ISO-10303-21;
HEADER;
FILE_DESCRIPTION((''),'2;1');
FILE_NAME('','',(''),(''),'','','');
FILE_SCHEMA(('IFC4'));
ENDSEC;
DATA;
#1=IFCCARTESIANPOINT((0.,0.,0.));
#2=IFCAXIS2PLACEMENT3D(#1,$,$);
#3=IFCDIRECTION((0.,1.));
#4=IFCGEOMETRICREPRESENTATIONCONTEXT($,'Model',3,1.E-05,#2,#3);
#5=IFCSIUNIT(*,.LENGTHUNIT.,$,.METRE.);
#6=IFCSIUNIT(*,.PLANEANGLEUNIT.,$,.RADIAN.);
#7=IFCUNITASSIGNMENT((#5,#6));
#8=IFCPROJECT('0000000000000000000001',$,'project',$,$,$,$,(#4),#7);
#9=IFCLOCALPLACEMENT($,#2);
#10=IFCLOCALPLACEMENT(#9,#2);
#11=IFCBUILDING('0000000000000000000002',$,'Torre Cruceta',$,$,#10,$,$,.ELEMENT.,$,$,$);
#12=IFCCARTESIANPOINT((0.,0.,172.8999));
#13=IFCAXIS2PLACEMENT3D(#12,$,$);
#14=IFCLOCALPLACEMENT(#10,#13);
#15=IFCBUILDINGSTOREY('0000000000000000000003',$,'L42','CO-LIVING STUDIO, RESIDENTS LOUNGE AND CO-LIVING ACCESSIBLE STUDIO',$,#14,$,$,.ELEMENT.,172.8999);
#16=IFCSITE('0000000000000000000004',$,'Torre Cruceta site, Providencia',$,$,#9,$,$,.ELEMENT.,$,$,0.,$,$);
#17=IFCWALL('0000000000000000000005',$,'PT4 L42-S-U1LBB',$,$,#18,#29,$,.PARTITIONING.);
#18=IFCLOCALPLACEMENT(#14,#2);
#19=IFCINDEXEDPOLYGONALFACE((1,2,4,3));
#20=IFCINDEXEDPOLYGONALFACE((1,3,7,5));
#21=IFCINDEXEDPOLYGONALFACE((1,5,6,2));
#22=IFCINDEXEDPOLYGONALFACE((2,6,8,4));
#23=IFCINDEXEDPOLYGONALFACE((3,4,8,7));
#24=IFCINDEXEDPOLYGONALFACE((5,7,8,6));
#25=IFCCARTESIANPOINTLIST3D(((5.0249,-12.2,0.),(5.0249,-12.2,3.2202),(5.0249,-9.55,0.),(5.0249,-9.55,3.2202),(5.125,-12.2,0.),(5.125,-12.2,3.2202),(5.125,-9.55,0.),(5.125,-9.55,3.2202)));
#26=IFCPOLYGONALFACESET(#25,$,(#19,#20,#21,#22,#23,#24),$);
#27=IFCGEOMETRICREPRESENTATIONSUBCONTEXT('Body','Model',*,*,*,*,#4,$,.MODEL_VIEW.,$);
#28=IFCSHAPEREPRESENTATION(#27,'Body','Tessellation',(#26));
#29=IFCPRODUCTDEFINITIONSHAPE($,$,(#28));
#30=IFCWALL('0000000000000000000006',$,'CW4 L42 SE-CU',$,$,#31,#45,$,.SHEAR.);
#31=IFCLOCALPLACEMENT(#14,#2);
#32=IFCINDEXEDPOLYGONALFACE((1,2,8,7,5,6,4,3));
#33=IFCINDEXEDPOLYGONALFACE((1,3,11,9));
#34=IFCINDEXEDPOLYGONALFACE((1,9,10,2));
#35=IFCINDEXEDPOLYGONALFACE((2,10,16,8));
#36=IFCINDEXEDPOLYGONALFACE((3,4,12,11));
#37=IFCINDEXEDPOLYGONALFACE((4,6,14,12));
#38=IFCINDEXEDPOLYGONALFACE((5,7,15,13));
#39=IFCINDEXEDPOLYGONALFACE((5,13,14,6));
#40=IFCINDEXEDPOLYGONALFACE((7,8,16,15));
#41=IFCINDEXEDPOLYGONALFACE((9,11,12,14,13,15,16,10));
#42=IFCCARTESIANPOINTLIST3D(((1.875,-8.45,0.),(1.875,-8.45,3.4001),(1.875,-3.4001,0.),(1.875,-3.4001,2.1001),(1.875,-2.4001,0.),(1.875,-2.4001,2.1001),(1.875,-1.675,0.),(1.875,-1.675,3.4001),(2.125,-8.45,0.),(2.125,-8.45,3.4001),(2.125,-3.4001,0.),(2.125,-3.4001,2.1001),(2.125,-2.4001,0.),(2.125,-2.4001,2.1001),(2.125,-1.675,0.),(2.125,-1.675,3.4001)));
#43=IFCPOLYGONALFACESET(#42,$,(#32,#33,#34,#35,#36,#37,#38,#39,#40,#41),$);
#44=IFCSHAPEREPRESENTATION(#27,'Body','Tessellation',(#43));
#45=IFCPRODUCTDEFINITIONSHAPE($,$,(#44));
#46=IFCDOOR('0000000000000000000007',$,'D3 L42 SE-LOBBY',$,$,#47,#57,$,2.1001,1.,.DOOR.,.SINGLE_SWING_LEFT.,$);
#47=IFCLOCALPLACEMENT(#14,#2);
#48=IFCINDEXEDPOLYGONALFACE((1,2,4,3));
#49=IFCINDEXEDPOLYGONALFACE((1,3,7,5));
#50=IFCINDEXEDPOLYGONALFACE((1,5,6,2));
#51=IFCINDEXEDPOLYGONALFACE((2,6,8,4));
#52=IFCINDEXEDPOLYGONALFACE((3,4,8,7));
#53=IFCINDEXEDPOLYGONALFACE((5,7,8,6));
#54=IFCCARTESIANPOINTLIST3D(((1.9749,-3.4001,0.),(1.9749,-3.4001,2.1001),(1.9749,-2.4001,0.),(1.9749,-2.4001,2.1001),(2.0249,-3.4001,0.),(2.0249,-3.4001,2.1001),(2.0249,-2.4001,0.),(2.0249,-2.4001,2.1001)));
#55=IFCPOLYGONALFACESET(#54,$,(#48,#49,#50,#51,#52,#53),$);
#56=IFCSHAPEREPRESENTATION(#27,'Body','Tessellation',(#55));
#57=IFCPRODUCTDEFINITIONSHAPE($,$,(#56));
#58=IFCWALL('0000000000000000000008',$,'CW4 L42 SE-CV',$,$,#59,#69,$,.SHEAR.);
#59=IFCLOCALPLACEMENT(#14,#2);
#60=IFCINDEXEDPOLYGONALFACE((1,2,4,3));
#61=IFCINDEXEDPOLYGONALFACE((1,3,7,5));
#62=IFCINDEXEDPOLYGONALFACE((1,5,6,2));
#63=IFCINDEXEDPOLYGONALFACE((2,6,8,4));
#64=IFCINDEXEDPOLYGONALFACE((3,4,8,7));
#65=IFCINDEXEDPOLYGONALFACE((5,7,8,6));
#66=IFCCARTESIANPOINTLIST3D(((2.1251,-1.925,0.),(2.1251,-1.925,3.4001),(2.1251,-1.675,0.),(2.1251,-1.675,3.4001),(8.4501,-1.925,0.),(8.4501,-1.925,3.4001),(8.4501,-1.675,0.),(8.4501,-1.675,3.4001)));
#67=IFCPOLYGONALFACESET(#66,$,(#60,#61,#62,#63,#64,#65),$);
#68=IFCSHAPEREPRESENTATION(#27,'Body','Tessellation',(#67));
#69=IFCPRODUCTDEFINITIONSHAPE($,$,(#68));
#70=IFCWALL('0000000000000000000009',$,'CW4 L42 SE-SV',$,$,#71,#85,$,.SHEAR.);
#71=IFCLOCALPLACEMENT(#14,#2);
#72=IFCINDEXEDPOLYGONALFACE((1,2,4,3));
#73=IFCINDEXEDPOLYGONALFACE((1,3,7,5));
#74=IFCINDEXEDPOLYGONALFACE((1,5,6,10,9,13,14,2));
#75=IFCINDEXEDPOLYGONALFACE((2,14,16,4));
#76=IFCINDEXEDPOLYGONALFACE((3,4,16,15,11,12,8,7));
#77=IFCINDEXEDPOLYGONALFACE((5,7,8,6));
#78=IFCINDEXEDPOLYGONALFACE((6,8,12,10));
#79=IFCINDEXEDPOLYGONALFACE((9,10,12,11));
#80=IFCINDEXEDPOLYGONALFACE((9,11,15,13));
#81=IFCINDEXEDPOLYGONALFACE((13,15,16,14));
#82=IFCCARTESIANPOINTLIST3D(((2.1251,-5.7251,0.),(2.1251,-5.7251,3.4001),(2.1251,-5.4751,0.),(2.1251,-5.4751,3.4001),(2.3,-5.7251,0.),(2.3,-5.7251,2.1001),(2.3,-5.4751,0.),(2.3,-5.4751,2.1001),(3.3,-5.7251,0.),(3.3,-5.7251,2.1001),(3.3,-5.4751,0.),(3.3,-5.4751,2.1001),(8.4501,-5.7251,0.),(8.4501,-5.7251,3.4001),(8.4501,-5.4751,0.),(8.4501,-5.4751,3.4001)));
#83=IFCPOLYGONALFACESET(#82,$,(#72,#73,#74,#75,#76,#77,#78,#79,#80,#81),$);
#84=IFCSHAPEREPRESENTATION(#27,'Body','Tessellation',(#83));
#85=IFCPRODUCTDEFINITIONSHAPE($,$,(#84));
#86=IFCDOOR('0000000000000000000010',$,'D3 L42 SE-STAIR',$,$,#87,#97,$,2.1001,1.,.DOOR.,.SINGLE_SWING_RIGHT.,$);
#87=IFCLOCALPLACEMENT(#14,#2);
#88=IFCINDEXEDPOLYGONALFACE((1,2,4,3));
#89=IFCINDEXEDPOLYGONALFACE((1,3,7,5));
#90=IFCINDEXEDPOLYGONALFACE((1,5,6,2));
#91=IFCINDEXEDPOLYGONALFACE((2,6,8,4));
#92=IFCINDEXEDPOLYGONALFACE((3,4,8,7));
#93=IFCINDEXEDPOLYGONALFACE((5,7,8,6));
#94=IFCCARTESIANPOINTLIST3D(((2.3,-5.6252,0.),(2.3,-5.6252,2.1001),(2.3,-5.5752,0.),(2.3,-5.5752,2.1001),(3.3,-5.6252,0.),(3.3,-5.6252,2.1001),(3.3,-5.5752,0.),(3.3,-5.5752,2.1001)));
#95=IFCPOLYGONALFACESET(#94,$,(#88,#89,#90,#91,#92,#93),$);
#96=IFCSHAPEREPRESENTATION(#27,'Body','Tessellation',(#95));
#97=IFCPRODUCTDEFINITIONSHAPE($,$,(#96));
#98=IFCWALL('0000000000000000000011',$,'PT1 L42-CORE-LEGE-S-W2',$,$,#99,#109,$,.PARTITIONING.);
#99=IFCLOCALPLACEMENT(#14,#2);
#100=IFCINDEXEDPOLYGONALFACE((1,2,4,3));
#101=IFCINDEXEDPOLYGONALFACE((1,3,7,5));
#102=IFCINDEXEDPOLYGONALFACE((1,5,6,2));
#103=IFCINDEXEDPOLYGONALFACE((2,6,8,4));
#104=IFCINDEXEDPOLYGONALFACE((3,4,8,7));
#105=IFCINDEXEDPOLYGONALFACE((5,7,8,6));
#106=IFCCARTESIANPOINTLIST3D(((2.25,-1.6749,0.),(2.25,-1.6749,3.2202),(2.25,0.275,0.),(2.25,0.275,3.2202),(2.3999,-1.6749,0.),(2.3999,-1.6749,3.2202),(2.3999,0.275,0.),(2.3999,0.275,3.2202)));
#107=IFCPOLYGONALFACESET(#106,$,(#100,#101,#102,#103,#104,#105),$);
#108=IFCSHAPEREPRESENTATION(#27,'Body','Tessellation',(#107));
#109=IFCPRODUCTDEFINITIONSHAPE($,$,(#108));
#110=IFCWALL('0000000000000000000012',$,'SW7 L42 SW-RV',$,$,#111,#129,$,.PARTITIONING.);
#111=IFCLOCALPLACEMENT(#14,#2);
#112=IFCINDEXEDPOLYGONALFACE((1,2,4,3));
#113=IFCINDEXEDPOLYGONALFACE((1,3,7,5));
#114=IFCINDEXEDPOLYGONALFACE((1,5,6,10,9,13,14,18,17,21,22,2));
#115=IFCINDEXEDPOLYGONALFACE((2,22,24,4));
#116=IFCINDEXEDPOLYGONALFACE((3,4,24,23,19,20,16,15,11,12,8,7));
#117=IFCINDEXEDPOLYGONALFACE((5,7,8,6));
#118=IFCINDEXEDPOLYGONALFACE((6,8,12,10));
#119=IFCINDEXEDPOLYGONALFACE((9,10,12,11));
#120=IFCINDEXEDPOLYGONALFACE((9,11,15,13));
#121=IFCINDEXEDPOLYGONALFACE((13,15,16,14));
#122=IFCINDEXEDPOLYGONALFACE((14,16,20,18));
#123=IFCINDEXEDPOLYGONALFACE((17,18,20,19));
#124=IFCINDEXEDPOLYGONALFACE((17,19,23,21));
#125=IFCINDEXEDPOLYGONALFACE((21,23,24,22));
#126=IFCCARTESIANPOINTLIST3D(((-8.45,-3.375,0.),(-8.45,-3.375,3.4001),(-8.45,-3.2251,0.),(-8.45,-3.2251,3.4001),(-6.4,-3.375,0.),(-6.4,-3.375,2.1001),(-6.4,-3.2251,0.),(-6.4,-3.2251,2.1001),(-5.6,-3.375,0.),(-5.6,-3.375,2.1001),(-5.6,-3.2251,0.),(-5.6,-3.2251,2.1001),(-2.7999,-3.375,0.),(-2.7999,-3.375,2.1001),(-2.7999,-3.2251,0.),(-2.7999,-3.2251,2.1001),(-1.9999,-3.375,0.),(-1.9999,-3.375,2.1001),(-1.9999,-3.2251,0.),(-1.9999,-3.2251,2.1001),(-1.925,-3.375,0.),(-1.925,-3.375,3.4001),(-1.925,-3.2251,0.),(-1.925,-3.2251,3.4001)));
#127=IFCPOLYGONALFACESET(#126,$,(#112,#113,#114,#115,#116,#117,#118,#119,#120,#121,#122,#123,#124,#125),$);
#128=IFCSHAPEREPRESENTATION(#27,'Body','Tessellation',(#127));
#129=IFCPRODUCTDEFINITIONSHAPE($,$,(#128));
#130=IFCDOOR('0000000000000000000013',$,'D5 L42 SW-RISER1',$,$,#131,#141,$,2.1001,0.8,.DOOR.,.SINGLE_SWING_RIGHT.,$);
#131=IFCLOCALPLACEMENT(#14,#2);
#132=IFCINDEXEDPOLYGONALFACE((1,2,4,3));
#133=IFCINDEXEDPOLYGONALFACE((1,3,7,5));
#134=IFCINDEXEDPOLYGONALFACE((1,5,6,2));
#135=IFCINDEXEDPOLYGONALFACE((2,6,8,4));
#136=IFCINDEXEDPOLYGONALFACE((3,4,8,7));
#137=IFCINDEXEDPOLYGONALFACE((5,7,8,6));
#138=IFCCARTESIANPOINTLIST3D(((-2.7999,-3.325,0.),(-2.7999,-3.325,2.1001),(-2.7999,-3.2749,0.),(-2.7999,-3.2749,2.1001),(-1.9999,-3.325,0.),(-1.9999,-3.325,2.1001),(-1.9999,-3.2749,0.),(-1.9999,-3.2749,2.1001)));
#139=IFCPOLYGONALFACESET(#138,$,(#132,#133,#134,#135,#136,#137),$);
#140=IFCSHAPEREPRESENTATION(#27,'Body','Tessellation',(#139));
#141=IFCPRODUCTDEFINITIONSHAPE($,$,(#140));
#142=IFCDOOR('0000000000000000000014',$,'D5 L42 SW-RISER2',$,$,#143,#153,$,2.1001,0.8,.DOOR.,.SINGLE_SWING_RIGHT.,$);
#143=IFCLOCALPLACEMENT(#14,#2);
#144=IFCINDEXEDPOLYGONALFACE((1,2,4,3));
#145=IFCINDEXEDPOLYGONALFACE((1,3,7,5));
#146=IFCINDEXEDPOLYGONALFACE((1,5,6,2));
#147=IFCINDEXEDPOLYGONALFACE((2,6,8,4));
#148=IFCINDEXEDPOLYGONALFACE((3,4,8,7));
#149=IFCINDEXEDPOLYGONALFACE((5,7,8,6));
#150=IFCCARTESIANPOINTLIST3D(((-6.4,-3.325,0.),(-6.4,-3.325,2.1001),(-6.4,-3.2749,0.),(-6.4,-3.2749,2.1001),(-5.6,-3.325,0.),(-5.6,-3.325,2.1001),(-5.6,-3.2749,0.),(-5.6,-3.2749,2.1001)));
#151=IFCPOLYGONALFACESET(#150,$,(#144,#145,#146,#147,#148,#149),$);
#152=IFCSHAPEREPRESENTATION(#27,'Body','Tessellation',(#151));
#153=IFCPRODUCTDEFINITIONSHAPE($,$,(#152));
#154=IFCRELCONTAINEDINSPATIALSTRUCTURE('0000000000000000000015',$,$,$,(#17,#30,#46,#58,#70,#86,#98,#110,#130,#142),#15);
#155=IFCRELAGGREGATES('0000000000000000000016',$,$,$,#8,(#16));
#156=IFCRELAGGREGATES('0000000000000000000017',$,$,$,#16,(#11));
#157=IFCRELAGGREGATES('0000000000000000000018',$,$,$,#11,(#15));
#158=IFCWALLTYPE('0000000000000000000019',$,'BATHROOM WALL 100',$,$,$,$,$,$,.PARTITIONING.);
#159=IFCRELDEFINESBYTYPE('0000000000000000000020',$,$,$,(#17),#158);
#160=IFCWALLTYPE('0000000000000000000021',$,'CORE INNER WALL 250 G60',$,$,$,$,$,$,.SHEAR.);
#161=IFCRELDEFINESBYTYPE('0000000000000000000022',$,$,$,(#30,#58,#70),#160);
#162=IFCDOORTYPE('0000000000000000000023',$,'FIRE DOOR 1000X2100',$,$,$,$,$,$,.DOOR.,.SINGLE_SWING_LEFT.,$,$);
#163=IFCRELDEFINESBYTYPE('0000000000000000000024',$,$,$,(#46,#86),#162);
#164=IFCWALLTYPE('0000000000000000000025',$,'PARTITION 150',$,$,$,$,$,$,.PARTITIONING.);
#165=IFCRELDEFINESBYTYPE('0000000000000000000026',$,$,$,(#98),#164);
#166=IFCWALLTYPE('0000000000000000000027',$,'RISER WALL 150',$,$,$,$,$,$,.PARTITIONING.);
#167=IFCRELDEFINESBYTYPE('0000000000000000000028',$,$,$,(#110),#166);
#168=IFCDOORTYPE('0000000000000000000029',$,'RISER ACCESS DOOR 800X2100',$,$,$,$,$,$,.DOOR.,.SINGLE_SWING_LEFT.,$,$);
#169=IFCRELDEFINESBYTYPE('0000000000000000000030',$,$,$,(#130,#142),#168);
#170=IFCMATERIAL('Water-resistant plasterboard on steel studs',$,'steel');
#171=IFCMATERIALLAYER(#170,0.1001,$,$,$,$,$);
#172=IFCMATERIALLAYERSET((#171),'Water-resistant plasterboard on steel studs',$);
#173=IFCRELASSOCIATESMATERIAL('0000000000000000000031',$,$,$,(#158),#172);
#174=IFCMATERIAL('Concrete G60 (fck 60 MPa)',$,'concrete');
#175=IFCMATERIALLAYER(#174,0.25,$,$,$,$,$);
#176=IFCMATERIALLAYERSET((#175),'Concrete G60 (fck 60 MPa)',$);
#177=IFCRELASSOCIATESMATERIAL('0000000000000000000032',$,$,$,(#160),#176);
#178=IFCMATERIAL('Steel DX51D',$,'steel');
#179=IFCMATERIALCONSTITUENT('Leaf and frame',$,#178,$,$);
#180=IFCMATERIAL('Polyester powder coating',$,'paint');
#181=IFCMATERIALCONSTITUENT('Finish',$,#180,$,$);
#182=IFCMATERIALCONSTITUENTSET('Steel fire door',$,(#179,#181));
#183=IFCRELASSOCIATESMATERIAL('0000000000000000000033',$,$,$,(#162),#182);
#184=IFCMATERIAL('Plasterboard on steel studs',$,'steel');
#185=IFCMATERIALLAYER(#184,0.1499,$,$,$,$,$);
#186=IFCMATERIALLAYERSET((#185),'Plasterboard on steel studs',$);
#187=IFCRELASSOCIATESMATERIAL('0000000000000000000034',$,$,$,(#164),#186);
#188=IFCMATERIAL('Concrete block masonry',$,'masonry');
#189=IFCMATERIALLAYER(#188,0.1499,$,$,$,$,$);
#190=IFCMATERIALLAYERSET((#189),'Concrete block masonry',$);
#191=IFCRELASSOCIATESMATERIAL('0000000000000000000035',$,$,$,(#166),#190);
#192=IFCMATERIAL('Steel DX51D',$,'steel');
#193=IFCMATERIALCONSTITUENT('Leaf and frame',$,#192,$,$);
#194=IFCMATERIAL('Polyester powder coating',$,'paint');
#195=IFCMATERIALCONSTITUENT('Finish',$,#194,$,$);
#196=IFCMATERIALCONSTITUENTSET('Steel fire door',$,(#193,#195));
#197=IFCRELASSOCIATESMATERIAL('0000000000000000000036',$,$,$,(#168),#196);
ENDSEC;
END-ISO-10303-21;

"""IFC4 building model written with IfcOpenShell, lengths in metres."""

from ifc_helpers import new_model, si_unit, direction, frame, frame_2d, origin, place, context, subcontext, project, spatial, rectangle, extrude, material, layer, layer_set, constituent, constituent_set, type_object, element, fill, save


model = new_model("IFC4")

# Units and contexts
model_context = context("Model", 3, precision=1e-05, world=origin(), true_north=direction((0.0, 1.0)))
body_context = subcontext(model_context, "Body", "Model", "MODEL_VIEW")
ifc_project = project(units=[si_unit("LENGTHUNIT", "METRE"), si_unit("PLANEANGLEUNIT", "RADIAN")], contexts=[model_context])

# Site, building, storey
site_placement = place(None, origin())
site = spatial("IfcSite", under=ifc_project, at=site_placement, Name="Torre Cruceta site, Providencia", CompositionType="ELEMENT", RefElevation=0.0)
building_placement = place(site_placement, origin())
building = spatial("IfcBuilding", under=site, at=building_placement, Name="Torre Cruceta", CompositionType="ELEMENT")
storey_placement = place(building_placement, frame((0.0, 0.0, 172.8999)))
storey = spatial("IfcBuildingStorey", under=building, at=storey_placement, Name="L42", Description="CO-LIVING STUDIO, RESIDENTS LOUNGE AND CO-LIVING ACCESSIBLE STUDIO", CompositionType="ELEMENT", Elevation=172.8999)

# Wall
ifc_material_1 = material(Name="Water-resistant plasterboard on steel studs", Category="steel")
ifc_layer_1 = layer(ifc_material_1, 0.1001)
ifc_layer_set_1 = layer_set([ifc_layer_1], Name="Water-resistant plasterboard on steel studs")
wall_type_1 = type_object("IfcWallType", Name="BATHROOM WALL 100", PredefinedType="PARTITIONING", material=ifc_layer_set_1)
wall_1_placement = place(storey_placement, frame((5.075, -9.55, 0.0), z_axis=(0.0, 0.0, 1.0), x_axis=(0.0, -1.0, 0.0)))
element("IfcWall", 1, at=wall_1_placement, inside=storey, type_object=wall_type_1, Name="PT4 L42-S-U1LBB", PredefinedType="PARTITIONING", context=body_context, shape_type="SweptSolid", body=[
    extrude(rectangle(XDim=2.6499, YDim=0.1001, at=frame_2d((1.325, 0.0))), origin(), (0.0, 0.0, 1.0), 3.2202),
])

# Wall, opening, door
ifc_material_2 = material(Name="Concrete G60 (fck 60 MPa)", Category="concrete")
ifc_layer_2 = layer(ifc_material_2, 0.25)
ifc_layer_set_2 = layer_set([ifc_layer_2], Name="Concrete G60 (fck 60 MPa)")
wall_type_2 = type_object("IfcWallType", Name="CORE INNER WALL 250 G60", PredefinedType="SHEAR", material=ifc_layer_set_2)
wall_2_placement = place(storey_placement, frame((2.0, -1.675, 0.0), z_axis=(0.0, 0.0, 1.0), x_axis=(0.0, -1.0, 0.0)))
wall_2 = element("IfcWall", 2, at=wall_2_placement, inside=storey, type_object=wall_type_2, Name="CW4 L42 SE-CU", PredefinedType="SHEAR", context=body_context, shape_type="SweptSolid", body=[
    extrude(rectangle(XDim=6.7749, YDim=0.25, at=frame_2d((3.3875, 0.0))), origin(), (0.0, 0.0, 1.0), 3.4001),
])
opening_1_placement = place(wall_2_placement, frame((0.7251, 0.0, 0.0)))
opening_1 = element("IfcOpeningElement", 3, at=opening_1_placement, cuts=wall_2, PredefinedType="OPENING", context=body_context, shape_type="SweptSolid", body=[
    extrude(rectangle(XDim=1.0, YDim=2.1001, at=frame_2d((0.5, 1.05))), frame((0.0, 0.135, 0.0), z_axis=(0.0, -1.0, 0.0), x_axis=(1.0, 0.0, 0.0)), (0.0, 0.0, 1.0), 0.27),
])
ifc_material_3 = material(Name="Steel DX51D", Category="steel")
ifc_constituent_1 = constituent(ifc_material_3, Name="Leaf and frame")
ifc_material_4 = material(Name="Polyester powder coating", Category="paint")
ifc_constituent_2 = constituent(ifc_material_4, Name="Finish")
ifc_constituent_set_1 = constituent_set(constituents=[ifc_constituent_1, ifc_constituent_2], Name="Steel fire door")
door_type_1 = type_object("IfcDoorType", Name="FIRE DOOR 1000X2100", OperationType="SINGLE_SWING_LEFT", PredefinedType="DOOR", material=ifc_constituent_set_1)
door_1_placement = place(opening_1_placement, origin())
door_1 = element("IfcDoor", 4, at=door_1_placement, inside=storey, type_object=door_type_1, Name="D3 L42 SE-LOBBY", OperationType="SINGLE_SWING_LEFT", OverallHeight=2.1001, OverallWidth=1.0, PredefinedType="DOOR", context=body_context, shape_type="SweptSolid", body=[
    extrude(rectangle(XDim=1.0, YDim=2.1001, at=frame_2d((0.5, 1.05))), frame((0.0, 0.0249, 0.0), z_axis=(0.0, -1.0, 0.0), x_axis=(1.0, 0.0, 0.0)), (0.0, 0.0, 1.0), 0.05),
])
fill(opening_1, door_1)

# Wall
wall_3_placement = place(storey_placement, frame((2.125, -1.8, 0.0), z_axis=(0.0, 0.0, 1.0), x_axis=(1.0, 0.0, 0.0)))
element("IfcWall", 5, at=wall_3_placement, inside=storey, type_object=wall_type_2, Name="CW4 L42 SE-CV", PredefinedType="SHEAR", context=body_context, shape_type="SweptSolid", body=[
    extrude(rectangle(XDim=6.325, YDim=0.25, at=frame_2d((3.1626, 0.0))), origin(), (0.0, 0.0, 1.0), 3.4001),
])

# Wall, opening, door
wall_4_placement = place(storey_placement, frame((2.125, -5.6001, 0.0), z_axis=(0.0, 0.0, 1.0), x_axis=(1.0, 0.0, 0.0)))
wall_4 = element("IfcWall", 6, at=wall_4_placement, inside=storey, type_object=wall_type_2, Name="CW4 L42 SE-SV", PredefinedType="SHEAR", context=body_context, shape_type="SweptSolid", body=[
    extrude(rectangle(XDim=6.325, YDim=0.25, at=frame_2d((3.1626, 0.0))), origin(), (0.0, 0.0, 1.0), 3.4001),
])
opening_2_placement = place(wall_4_placement, frame((0.175, 0.0, 0.0)))
opening_2 = element("IfcOpeningElement", 7, at=opening_2_placement, cuts=wall_4, PredefinedType="OPENING", context=body_context, shape_type="SweptSolid", body=[
    extrude(rectangle(XDim=1.0, YDim=2.1001, at=frame_2d((0.5, 1.05))), frame((0.0, 0.135, 0.0), z_axis=(0.0, -1.0, 0.0), x_axis=(1.0, 0.0, 0.0)), (0.0, 0.0, 1.0), 0.27),
])
door_2_placement = place(opening_2_placement, frame((1.0, 0.0, 0.0), z_axis=(0.0, 0.0, 1.0), x_axis=(-1.0, 0.0, 0.0)))
door_2 = element("IfcDoor", 8, at=door_2_placement, inside=storey, type_object=door_type_1, Name="D3 L42 SE-STAIR", OperationType="SINGLE_SWING_RIGHT", OverallHeight=2.1001, OverallWidth=1.0, PredefinedType="DOOR", context=body_context, shape_type="SweptSolid", body=[
    extrude(rectangle(XDim=1.0, YDim=2.1001, at=frame_2d((0.5, 1.05))), frame((0.0, 0.0251, 0.0), z_axis=(0.0, -1.0, 0.0), x_axis=(1.0, 0.0, 0.0)), (0.0, 0.0, 1.0), 0.05),
])
fill(opening_2, door_2)

# Wall
ifc_material_5 = material(Name="Plasterboard on steel studs", Category="steel")
ifc_layer_3 = layer(ifc_material_5, 0.1499)
ifc_layer_set_3 = layer_set([ifc_layer_3], Name="Plasterboard on steel studs")
wall_type_3 = type_object("IfcWallType", Name="PARTITION 150", PredefinedType="PARTITIONING", material=ifc_layer_set_3)
wall_5_placement = place(storey_placement, frame((2.325, -1.675, 0.0), z_axis=(0.0, 0.0, 1.0), x_axis=(0.0, 1.0, 0.0)))
element("IfcWall", 9, at=wall_5_placement, inside=storey, type_object=wall_type_3, Name="PT1 L42-CORE-LEGE-S-W2", PredefinedType="PARTITIONING", context=body_context, shape_type="SweptSolid", body=[
    extrude(rectangle(XDim=1.95, YDim=0.1499, at=frame_2d((0.9751, 0.0))), origin(), (0.0, 0.0, 1.0), 3.2202),
])

# Wall, openings, doors
ifc_material_6 = material(Name="Concrete block masonry", Category="masonry")
ifc_layer_4 = layer(ifc_material_6, 0.1499)
ifc_layer_set_4 = layer_set([ifc_layer_4], Name="Concrete block masonry")
wall_type_4 = type_object("IfcWallType", Name="RISER WALL 150", PredefinedType="PARTITIONING", material=ifc_layer_set_4)
wall_6_placement = place(storey_placement, frame((-1.925, -3.3, 0.0), z_axis=(0.0, 0.0, 1.0), x_axis=(-1.0, 0.0, 0.0)))
wall_6 = element("IfcWall", 10, at=wall_6_placement, inside=storey, type_object=wall_type_4, Name="SW7 L42 SW-RV", PredefinedType="PARTITIONING", context=body_context, shape_type="SweptSolid", body=[
    extrude(rectangle(XDim=6.5249, YDim=0.1499, at=frame_2d((3.2625, 0.0))), origin(), (0.0, 0.0, 1.0), 3.4001),
])
opening_3_placement = place(wall_6_placement, frame((0.075, 0.0, 0.0)))
opening_3 = element("IfcOpeningElement", 11, at=opening_3_placement, cuts=wall_6, PredefinedType="OPENING", context=body_context, shape_type="SweptSolid", body=[
    extrude(rectangle(XDim=0.8, YDim=2.1001, at=frame_2d((0.3999, 1.05))), frame((0.0, 0.085, 0.0), z_axis=(0.0, -1.0, 0.0), x_axis=(1.0, 0.0, 0.0)), (0.0, 0.0, 1.0), 0.1699),
])
opening_4_placement = place(wall_6_placement, frame((3.675, 0.0, 0.0)))
opening_4 = element("IfcOpeningElement", 12, at=opening_4_placement, cuts=wall_6, PredefinedType="OPENING", context=body_context, shape_type="SweptSolid", body=[
    extrude(rectangle(XDim=0.8, YDim=2.1001, at=frame_2d((0.3999, 1.05))), frame((0.0, 0.085, 0.0), z_axis=(0.0, -1.0, 0.0), x_axis=(1.0, 0.0, 0.0)), (0.0, 0.0, 1.0), 0.1699),
])
ifc_material_7 = material(Name="Steel DX51D", Category="steel")
ifc_constituent_3 = constituent(ifc_material_7, Name="Leaf and frame")
ifc_material_8 = material(Name="Polyester powder coating", Category="paint")
ifc_constituent_4 = constituent(ifc_material_8, Name="Finish")
ifc_constituent_set_2 = constituent_set(constituents=[ifc_constituent_3, ifc_constituent_4], Name="Steel fire door")
door_type_2 = type_object("IfcDoorType", Name="RISER ACCESS DOOR 800X2100", OperationType="SINGLE_SWING_LEFT", PredefinedType="DOOR", material=ifc_constituent_set_2)
door_3_placement = place(opening_3_placement, frame((0.8, 0.0, 0.0), z_axis=(0.0, 0.0, 1.0), x_axis=(-1.0, 0.0, 0.0)))
door_3 = element("IfcDoor", 13, at=door_3_placement, inside=storey, type_object=door_type_2, Name="D5 L42 SW-RISER1", OperationType="SINGLE_SWING_RIGHT", OverallHeight=2.1001, OverallWidth=0.8, PredefinedType="DOOR", context=body_context, shape_type="SweptSolid", body=[
    extrude(rectangle(XDim=0.8, YDim=2.1001, at=frame_2d((0.4001, 1.05))), frame((0.0, 0.0251, 0.0), z_axis=(0.0, -1.0, 0.0), x_axis=(1.0, 0.0, 0.0)), (0.0, 0.0, 1.0), 0.05),
])
fill(opening_3, door_3)
door_4_placement = place(opening_4_placement, frame((0.8, 0.0, 0.0), z_axis=(0.0, 0.0, 1.0), x_axis=(-1.0, 0.0, 0.0)))
door_4 = element("IfcDoor", 14, at=door_4_placement, inside=storey, type_object=door_type_2, Name="D5 L42 SW-RISER2", OperationType="SINGLE_SWING_RIGHT", OverallHeight=2.1001, OverallWidth=0.8, PredefinedType="DOOR", context=body_context, shape_type="SweptSolid", body=[
    extrude(rectangle(XDim=0.8, YDim=2.1001, at=frame_2d((0.4001, 1.05))), frame((0.0, 0.0251, 0.0), z_axis=(0.0, -1.0, 0.0), x_axis=(1.0, 0.0, 0.0)), (0.0, 0.0, 1.0), 0.05),
])
fill(opening_4, door_4)

save(model, "model.ifc")
